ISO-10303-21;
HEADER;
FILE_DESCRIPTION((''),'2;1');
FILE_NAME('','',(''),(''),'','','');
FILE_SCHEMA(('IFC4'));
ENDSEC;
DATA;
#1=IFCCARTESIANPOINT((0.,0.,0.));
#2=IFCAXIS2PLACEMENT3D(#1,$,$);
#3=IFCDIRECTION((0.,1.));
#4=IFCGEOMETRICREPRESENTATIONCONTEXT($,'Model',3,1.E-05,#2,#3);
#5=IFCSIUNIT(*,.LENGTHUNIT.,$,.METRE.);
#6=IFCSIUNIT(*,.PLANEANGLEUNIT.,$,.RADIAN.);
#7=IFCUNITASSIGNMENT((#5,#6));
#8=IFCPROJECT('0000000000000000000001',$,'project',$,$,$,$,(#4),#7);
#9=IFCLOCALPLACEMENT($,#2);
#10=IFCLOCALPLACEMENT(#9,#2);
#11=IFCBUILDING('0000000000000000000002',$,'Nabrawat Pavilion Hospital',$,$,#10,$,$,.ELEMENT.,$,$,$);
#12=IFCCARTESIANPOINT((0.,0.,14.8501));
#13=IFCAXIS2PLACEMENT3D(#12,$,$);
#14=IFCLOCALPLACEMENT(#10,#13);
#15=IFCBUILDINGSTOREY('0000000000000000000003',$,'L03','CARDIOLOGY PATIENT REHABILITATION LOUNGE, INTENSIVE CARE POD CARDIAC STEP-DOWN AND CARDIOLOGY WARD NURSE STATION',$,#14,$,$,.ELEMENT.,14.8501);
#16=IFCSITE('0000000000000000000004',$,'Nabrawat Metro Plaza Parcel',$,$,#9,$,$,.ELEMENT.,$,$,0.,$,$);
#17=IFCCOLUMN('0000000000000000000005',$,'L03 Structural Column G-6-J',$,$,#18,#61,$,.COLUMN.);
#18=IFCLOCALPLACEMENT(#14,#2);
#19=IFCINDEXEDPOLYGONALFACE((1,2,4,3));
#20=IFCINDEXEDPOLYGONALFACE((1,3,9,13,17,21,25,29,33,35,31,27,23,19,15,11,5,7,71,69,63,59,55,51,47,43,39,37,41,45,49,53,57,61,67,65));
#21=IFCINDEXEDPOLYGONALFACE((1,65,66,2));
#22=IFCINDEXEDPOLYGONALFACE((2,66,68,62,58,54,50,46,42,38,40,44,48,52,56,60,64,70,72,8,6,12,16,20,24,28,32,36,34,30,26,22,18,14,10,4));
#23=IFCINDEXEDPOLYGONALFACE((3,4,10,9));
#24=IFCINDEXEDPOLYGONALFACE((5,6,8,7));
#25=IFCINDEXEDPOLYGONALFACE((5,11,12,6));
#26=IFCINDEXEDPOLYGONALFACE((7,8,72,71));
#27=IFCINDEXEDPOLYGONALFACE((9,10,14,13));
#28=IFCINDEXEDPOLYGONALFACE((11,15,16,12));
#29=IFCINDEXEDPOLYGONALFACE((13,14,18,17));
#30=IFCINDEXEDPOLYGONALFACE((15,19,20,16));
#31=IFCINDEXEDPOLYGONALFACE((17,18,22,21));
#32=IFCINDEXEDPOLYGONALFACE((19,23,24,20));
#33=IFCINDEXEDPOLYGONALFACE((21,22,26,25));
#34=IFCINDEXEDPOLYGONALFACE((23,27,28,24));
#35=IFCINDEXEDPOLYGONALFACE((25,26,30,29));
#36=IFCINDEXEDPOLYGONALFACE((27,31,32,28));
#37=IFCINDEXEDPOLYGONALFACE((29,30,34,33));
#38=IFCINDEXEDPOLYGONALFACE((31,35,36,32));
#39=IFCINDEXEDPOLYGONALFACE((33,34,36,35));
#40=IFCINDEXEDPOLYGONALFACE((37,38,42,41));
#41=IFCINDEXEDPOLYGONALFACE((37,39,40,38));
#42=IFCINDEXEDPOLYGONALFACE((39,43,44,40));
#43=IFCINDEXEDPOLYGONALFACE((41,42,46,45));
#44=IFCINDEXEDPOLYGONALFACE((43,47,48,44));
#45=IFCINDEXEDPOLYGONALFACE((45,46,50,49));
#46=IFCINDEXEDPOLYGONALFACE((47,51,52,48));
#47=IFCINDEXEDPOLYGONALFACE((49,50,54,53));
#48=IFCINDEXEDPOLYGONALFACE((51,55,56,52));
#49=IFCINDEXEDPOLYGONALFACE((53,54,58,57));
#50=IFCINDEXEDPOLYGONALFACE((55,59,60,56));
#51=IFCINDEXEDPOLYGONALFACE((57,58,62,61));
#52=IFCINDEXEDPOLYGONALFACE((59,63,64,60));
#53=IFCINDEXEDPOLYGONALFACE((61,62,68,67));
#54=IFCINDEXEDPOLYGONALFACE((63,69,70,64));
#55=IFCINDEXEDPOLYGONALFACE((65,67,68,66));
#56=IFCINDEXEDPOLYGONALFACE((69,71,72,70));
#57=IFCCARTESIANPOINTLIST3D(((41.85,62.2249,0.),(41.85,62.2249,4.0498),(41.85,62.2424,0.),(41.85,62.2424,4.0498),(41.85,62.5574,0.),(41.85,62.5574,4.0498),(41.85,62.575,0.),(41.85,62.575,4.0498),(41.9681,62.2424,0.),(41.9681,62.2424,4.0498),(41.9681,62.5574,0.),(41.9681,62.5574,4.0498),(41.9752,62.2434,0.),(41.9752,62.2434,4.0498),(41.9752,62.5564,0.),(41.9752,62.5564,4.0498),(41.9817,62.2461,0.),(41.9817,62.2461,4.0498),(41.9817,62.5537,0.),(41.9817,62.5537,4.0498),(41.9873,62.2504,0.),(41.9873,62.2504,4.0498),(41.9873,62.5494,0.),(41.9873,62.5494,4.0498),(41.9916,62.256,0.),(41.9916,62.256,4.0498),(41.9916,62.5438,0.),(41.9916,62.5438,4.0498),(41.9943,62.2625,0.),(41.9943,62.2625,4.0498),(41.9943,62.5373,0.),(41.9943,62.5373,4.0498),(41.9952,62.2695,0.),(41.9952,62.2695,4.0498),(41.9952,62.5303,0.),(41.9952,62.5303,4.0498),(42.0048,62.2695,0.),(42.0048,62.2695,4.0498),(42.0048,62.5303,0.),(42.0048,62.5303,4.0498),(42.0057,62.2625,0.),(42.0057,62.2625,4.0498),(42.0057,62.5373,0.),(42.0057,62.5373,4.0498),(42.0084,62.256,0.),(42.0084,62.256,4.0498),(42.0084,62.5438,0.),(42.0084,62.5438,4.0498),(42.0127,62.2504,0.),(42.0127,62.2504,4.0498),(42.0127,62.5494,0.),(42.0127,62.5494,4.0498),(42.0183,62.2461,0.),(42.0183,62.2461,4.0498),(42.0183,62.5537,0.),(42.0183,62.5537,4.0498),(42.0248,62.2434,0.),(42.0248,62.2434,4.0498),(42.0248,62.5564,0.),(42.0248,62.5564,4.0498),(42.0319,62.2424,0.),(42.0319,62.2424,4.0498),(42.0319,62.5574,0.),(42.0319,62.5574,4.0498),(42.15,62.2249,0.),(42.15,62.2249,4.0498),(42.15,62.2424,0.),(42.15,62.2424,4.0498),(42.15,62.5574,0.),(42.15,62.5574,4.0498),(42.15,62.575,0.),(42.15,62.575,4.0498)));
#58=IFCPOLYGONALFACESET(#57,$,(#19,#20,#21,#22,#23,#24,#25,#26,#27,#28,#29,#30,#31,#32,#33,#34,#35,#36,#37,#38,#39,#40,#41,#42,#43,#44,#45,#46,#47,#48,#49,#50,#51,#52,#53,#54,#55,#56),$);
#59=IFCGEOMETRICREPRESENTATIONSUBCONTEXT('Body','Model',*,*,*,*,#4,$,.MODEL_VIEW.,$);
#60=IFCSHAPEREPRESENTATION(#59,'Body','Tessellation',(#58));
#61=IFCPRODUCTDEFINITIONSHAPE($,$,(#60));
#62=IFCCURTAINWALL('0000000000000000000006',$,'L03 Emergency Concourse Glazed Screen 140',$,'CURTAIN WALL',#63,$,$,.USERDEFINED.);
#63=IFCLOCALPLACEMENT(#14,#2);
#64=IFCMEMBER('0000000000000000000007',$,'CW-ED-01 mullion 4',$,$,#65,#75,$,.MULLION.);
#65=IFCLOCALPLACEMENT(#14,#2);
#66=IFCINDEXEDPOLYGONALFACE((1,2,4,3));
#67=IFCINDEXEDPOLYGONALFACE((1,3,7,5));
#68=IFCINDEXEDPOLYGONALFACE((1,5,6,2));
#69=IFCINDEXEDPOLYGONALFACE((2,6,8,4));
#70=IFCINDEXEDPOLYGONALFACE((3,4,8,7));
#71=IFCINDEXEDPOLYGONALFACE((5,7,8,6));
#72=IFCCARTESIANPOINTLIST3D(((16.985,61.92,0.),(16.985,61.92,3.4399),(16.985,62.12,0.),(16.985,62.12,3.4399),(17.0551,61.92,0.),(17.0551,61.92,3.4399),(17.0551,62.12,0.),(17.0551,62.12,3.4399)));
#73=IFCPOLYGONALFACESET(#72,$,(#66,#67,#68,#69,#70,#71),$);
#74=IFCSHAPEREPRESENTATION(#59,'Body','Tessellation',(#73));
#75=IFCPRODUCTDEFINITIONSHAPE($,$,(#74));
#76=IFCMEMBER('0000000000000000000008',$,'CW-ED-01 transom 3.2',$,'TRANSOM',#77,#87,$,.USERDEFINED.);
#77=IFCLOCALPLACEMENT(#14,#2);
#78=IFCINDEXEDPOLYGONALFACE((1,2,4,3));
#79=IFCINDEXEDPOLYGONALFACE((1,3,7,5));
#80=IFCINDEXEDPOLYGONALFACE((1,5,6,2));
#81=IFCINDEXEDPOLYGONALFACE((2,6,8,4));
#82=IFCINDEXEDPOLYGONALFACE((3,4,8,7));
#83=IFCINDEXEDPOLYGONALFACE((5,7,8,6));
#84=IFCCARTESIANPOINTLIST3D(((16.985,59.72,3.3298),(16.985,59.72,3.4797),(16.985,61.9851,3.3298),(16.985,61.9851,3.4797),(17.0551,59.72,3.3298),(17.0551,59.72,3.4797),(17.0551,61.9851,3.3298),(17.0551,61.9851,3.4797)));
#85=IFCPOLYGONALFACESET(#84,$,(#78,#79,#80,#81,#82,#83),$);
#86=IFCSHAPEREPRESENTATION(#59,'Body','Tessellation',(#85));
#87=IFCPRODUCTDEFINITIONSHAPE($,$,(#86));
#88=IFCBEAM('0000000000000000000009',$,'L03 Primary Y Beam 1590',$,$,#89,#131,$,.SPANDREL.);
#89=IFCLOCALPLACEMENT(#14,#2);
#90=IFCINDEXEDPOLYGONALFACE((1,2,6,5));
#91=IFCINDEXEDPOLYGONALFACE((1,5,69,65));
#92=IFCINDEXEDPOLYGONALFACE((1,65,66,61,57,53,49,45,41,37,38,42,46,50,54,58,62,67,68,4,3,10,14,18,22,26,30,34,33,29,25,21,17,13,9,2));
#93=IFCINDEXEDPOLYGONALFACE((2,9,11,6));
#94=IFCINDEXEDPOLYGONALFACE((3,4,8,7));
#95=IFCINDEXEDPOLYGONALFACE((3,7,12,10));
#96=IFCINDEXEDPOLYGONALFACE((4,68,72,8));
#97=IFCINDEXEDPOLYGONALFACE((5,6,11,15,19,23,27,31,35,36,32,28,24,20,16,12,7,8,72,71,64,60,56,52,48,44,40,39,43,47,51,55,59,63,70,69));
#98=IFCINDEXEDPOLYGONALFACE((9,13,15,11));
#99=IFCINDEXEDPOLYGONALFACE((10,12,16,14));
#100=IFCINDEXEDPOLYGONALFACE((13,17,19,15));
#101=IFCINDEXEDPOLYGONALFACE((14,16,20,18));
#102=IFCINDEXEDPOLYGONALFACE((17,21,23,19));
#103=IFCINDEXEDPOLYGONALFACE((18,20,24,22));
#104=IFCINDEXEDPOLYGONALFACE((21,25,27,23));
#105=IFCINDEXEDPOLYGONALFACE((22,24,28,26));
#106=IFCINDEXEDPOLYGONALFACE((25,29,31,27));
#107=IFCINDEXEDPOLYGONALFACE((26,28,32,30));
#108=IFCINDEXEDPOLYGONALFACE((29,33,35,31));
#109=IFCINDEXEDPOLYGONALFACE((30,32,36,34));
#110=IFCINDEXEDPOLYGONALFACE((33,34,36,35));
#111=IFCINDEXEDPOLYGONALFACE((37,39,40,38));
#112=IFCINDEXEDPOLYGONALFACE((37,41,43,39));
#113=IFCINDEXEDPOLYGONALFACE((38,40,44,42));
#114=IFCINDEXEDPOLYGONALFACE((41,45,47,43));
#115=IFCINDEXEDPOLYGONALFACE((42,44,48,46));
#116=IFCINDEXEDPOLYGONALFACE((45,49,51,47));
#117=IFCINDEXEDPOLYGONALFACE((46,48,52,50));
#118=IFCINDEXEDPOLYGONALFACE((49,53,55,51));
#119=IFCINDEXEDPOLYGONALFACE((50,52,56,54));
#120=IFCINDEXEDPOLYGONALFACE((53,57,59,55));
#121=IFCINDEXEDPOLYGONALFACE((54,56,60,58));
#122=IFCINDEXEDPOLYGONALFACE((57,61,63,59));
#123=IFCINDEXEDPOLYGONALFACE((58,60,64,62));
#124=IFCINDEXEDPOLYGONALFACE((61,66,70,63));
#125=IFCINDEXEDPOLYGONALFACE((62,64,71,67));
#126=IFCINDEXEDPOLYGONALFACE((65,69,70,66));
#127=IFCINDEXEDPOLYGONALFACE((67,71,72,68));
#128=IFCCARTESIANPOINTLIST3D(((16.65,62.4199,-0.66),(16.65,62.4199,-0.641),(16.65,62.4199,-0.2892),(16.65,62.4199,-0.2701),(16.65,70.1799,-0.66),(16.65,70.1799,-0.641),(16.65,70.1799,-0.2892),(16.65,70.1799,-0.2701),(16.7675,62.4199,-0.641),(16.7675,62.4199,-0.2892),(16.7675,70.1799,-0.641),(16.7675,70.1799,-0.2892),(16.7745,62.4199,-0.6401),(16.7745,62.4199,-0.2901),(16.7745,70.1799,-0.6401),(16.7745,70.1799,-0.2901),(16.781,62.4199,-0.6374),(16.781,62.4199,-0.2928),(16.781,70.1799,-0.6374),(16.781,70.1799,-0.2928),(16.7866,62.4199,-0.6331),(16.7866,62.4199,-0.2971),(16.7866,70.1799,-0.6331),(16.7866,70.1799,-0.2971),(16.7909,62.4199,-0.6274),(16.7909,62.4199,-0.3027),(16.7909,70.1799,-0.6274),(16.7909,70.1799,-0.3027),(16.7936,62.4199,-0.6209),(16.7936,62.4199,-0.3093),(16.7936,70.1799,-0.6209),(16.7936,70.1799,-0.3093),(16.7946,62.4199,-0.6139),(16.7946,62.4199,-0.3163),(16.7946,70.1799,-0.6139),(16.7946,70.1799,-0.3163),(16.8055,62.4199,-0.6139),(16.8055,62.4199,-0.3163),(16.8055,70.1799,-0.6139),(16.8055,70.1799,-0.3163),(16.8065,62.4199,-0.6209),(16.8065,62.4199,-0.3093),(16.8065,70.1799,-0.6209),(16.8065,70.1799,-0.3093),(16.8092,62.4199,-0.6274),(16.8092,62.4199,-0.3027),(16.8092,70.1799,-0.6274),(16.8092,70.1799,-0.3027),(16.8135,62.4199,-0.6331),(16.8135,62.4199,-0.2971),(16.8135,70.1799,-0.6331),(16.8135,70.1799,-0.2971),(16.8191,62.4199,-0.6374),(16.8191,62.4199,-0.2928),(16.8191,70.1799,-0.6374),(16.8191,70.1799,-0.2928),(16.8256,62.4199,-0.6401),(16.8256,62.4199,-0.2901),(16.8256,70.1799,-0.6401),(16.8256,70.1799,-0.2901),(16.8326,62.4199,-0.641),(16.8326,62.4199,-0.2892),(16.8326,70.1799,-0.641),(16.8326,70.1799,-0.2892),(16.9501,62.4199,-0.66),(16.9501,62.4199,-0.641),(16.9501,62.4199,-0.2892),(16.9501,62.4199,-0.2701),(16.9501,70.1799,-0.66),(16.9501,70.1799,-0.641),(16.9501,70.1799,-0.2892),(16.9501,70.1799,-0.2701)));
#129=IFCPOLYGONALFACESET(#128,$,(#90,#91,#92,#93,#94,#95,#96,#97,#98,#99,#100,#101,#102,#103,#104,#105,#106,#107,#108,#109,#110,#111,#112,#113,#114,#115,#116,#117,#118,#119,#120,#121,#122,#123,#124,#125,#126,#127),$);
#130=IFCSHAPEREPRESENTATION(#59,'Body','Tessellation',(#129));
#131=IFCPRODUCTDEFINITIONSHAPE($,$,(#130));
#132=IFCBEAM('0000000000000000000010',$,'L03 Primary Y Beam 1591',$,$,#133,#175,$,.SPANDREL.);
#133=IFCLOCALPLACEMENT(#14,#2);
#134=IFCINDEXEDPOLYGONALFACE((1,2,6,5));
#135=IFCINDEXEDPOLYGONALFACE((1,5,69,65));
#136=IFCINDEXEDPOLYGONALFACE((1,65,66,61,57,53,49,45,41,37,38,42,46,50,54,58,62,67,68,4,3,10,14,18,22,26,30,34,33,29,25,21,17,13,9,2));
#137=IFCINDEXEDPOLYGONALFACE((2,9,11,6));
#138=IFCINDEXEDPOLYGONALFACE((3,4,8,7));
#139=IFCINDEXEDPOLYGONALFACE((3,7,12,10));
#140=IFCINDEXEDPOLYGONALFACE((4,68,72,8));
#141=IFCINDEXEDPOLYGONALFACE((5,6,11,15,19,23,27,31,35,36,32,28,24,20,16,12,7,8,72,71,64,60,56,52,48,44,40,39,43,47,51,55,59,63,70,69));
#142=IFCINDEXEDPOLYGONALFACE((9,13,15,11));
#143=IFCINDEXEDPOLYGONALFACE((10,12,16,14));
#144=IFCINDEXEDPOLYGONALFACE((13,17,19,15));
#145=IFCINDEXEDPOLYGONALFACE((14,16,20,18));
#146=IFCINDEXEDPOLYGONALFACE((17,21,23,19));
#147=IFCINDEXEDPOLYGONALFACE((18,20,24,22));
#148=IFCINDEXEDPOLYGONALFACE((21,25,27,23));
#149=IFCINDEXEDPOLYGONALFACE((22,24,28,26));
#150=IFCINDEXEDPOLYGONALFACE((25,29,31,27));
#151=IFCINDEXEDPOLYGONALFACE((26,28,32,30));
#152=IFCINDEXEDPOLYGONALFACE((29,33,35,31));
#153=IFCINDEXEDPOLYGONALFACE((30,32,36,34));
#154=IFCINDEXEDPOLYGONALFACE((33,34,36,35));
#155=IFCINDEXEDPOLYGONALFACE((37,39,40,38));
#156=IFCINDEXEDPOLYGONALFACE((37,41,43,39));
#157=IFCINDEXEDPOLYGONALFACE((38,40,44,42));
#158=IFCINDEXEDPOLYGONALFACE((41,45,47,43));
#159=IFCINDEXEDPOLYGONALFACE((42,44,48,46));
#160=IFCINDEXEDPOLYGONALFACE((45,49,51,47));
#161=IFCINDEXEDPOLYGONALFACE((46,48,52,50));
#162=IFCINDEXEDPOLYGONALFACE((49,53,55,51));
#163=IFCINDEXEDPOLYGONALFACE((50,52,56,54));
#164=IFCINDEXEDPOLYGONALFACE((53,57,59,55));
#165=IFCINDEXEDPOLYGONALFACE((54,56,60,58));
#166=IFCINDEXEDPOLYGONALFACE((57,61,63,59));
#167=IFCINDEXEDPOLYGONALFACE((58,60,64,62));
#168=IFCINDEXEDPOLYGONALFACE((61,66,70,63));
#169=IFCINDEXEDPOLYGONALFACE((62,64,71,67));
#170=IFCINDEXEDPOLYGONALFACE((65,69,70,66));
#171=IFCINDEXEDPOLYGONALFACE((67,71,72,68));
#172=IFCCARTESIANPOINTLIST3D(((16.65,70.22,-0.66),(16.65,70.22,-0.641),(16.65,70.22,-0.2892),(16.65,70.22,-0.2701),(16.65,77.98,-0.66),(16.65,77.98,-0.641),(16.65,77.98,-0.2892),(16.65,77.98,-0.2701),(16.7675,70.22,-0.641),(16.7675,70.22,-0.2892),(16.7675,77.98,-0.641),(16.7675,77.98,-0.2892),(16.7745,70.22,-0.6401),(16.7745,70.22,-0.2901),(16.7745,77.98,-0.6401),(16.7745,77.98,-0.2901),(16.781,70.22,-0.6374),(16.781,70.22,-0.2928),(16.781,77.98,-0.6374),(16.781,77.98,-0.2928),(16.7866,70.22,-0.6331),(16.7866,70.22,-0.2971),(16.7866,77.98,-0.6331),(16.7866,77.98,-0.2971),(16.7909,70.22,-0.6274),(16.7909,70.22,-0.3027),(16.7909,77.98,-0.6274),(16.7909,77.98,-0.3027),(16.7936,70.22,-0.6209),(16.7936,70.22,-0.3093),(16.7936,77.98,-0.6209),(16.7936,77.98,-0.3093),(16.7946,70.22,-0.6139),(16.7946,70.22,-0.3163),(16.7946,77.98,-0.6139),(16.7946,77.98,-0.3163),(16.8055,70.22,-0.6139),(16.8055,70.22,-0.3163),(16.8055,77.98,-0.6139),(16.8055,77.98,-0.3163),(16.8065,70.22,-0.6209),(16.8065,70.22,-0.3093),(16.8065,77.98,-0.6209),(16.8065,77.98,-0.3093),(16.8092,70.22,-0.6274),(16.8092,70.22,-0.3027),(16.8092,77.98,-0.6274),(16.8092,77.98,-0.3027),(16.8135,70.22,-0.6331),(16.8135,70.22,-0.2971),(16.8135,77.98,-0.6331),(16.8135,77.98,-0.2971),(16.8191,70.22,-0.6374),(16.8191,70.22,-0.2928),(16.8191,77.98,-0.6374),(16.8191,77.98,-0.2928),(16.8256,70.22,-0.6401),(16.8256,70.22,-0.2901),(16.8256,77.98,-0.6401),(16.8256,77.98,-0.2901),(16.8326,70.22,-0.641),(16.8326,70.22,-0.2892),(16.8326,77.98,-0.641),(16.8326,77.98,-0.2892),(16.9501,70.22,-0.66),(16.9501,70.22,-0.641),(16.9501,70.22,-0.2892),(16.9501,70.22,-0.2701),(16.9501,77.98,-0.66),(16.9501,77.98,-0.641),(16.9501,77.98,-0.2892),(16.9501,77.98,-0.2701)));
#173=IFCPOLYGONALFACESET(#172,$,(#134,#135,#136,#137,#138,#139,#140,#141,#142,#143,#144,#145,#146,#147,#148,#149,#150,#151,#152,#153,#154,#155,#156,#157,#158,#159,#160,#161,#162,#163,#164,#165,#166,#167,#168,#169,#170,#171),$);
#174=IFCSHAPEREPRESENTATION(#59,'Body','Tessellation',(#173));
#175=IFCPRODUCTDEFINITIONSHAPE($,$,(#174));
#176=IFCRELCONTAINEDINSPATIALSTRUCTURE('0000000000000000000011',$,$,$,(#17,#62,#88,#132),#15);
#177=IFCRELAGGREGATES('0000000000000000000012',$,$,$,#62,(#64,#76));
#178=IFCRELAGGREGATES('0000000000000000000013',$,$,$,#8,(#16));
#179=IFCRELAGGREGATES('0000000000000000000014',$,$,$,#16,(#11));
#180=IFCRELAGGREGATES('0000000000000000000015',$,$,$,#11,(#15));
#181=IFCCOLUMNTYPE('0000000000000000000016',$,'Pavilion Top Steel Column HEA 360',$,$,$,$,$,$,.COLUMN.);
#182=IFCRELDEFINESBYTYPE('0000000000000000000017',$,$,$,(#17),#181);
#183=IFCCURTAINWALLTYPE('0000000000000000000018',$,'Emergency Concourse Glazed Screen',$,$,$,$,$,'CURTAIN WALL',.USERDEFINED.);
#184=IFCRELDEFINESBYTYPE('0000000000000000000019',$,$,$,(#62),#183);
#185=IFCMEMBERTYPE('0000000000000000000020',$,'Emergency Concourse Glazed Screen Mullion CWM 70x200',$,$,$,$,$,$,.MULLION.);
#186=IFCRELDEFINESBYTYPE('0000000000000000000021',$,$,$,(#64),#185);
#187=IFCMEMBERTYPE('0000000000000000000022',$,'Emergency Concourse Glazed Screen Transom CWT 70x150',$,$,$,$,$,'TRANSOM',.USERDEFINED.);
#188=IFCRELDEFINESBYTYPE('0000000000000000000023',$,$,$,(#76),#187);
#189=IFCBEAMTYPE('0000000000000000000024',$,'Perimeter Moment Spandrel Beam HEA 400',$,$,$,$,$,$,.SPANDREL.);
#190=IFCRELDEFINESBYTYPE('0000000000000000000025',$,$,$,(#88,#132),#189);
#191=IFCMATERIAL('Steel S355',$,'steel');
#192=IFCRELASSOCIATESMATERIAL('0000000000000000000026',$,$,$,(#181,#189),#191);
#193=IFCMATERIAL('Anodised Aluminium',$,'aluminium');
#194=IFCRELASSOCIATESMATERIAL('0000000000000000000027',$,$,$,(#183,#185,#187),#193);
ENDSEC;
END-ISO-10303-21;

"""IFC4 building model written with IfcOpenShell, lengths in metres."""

from ifc_helpers import new_model, si_unit, direction, frame, origin, origin_2d, place, context, subcontext, project, spatial, rectangle, i_section, extrude, material, material_profile, profile_set, type_object, element, aggregate, save


model = new_model("IFC4")

# Units and contexts
model_context = context("Model", 3, precision=1e-05, world=origin(), true_north=direction((0.0, 1.0)))
body_context = subcontext(model_context, "Body", "Model", "MODEL_VIEW")
ifc_project = project(units=[si_unit("LENGTHUNIT", "METRE"), si_unit("PLANEANGLEUNIT", "RADIAN")], contexts=[model_context])

# Site, building, storey
site_placement = place(None, origin())
site = spatial("IfcSite", under=ifc_project, at=site_placement, Name="Nabrawat Metro Plaza Parcel", CompositionType="ELEMENT", RefElevation=0.0)
building_placement = place(site_placement, origin())
building = spatial("IfcBuilding", under=site, at=building_placement, Name="Nabrawat Pavilion Hospital", CompositionType="ELEMENT")
storey_placement = place(building_placement, frame((0.0, 0.0, 14.8501)))
storey = spatial("IfcBuildingStorey", under=building, at=storey_placement, Name="L03", Description="CARDIOLOGY PATIENT REHABILITATION LOUNGE, INTENSIVE CARE POD CARDIAC STEP-DOWN AND CARDIOLOGY WARD NURSE STATION", CompositionType="ELEMENT", Elevation=14.8501)

# Column
ifc_material_1 = material(Name="Steel S355", Category="steel")
ifc_material_profile_1 = material_profile(ifc_material_1, i_section(OverallWidth=0.3, OverallDepth=0.3501, WebThickness=0.0095, FlangeThickness=0.0176, FilletRadius=0.0271, at=origin_2d()), Name="HEA 360")
ifc_profile_set_1 = profile_set([ifc_material_profile_1], Name="Steel S355")
column_type = type_object("IfcColumnType", Name="Pavilion Top Steel Column HEA 360", PredefinedType="COLUMN", material=ifc_profile_set_1)
for number, where, z_axis, x_axis, name in (
    (1, (42.0, 62.3999, 0.0), (0.0, 0.0, 1.0), (1.0, 0.0, 0.0), "L03 Structural Column G-6-J"),
):
    element("IfcColumn", number, at=place(storey_placement, frame(where, z_axis=z_axis, x_axis=x_axis)), inside=storey, type_object=column_type, Name=name, PredefinedType="COLUMN", context=body_context, shape_type="SweptSolid", body=[
        extrude(i_section(OverallWidth=0.3, OverallDepth=0.3501, WebThickness=0.0095, FlangeThickness=0.0176, FilletRadius=0.0271, at=origin_2d()), origin(), (0.0, 0.0, 1.0), 4.0498),
    ])

# Curtain wall, members
ifc_material_2 = material(Name="Anodised Aluminium", Category="aluminium")
curtain_wall_type = type_object("IfcCurtainWallType", Name="Emergency Concourse Glazed Screen", ElementType="CURTAIN WALL", PredefinedType="USERDEFINED", material=ifc_material_2)
curtain_wall_placement = place(storey_placement, origin())
curtain_wall = element("IfcCurtainWall", 2, at=curtain_wall_placement, inside=storey, type_object=curtain_wall_type, Name="L03 Emergency Concourse Glazed Screen 140", ObjectType="CURTAIN WALL", PredefinedType="USERDEFINED")
ifc_material_profile_2 = material_profile(ifc_material_2, rectangle(XDim=0.0701, YDim=0.2, at=origin_2d()), Name="CWM 70x200")
ifc_profile_set_2 = profile_set([ifc_material_profile_2], Name="Anodised Aluminium")
member_type_1 = type_object("IfcMemberType", Name="Emergency Concourse Glazed Screen Mullion CWM 70x200", PredefinedType="MULLION", material=ifc_profile_set_2)
member_1_placement = place(storey_placement, frame((17.02, 62.02, 0.0), z_axis=(0.0, 0.0, 1.0), x_axis=(-1.0, 0.0, 0.0)))
member_1 = element("IfcMember", 3, at=member_1_placement, type_object=member_type_1, Name="CW-ED-01 mullion 4", PredefinedType="MULLION", context=body_context, shape_type="SweptSolid", body=[
    extrude(rectangle(XDim=0.0701, YDim=0.2, at=origin_2d()), origin(), (0.0, 0.0, 1.0), 3.4399),
])
ifc_material_profile_3 = material_profile(ifc_material_2, rectangle(XDim=0.0701, YDim=0.1499, at=origin_2d()), Name="CWT 70x150")
ifc_profile_set_3 = profile_set([ifc_material_profile_3], Name="Anodised Aluminium")
member_type_2 = type_object("IfcMemberType", Name="Emergency Concourse Glazed Screen Transom CWT 70x150", ElementType="TRANSOM", PredefinedType="USERDEFINED", material=ifc_profile_set_3)
member_2_placement = place(storey_placement, frame((17.02, 59.72, 3.4048), z_axis=(0.0, 1.0, 0.0), x_axis=(-1.0, 0.0, 0.0)))
member_2 = element("IfcMember", 4, at=member_2_placement, type_object=member_type_2, Name="CW-ED-01 transom 3.2", ObjectType="TRANSOM", PredefinedType="USERDEFINED", context=body_context, shape_type="SweptSolid", body=[
    extrude(rectangle(XDim=0.0701, YDim=0.1499, at=origin_2d()), origin(), (0.0, 0.0, 1.0), 2.2651),
])

# Beams
ifc_material_profile_4 = material_profile(ifc_material_1, i_section(OverallWidth=0.3, OverallDepth=0.3899, WebThickness=0.011, FlangeThickness=0.019, FilletRadius=0.0271, at=origin_2d()), Name="HEA 400")
ifc_profile_set_4 = profile_set([ifc_material_profile_4], Name="Steel S355")
beam_type_1 = type_object("IfcBeamType", Name="Perimeter Moment Spandrel Beam HEA 400", PredefinedType="SPANDREL", material=ifc_profile_set_4)
for number, where, z_axis, x_axis, name in (
    (5, (16.8, 62.4199, -0.4651), (0.0, 1.0, 0.0), (-1.0, 0.0, 0.0), "L03 Primary Y Beam 1590"),
    (6, (16.8, 70.22, -0.4651), (0.0, 1.0, 0.0), (-1.0, 0.0, 0.0), "L03 Primary Y Beam 1591"),
):
    element("IfcBeam", number, at=place(storey_placement, frame(where, z_axis=z_axis, x_axis=x_axis)), inside=storey, type_object=beam_type_1, Name=name, PredefinedType="SPANDREL", context=body_context, shape_type="SweptSolid", body=[
        extrude(i_section(OverallWidth=0.3, OverallDepth=0.3899, WebThickness=0.011, FlangeThickness=0.019, FilletRadius=0.0271, at=origin_2d()), origin(), (0.0, 0.0, 1.0), 7.76),
    ])

aggregate(curtain_wall, [member_1, member_2])

save(model, "model.ifc")
